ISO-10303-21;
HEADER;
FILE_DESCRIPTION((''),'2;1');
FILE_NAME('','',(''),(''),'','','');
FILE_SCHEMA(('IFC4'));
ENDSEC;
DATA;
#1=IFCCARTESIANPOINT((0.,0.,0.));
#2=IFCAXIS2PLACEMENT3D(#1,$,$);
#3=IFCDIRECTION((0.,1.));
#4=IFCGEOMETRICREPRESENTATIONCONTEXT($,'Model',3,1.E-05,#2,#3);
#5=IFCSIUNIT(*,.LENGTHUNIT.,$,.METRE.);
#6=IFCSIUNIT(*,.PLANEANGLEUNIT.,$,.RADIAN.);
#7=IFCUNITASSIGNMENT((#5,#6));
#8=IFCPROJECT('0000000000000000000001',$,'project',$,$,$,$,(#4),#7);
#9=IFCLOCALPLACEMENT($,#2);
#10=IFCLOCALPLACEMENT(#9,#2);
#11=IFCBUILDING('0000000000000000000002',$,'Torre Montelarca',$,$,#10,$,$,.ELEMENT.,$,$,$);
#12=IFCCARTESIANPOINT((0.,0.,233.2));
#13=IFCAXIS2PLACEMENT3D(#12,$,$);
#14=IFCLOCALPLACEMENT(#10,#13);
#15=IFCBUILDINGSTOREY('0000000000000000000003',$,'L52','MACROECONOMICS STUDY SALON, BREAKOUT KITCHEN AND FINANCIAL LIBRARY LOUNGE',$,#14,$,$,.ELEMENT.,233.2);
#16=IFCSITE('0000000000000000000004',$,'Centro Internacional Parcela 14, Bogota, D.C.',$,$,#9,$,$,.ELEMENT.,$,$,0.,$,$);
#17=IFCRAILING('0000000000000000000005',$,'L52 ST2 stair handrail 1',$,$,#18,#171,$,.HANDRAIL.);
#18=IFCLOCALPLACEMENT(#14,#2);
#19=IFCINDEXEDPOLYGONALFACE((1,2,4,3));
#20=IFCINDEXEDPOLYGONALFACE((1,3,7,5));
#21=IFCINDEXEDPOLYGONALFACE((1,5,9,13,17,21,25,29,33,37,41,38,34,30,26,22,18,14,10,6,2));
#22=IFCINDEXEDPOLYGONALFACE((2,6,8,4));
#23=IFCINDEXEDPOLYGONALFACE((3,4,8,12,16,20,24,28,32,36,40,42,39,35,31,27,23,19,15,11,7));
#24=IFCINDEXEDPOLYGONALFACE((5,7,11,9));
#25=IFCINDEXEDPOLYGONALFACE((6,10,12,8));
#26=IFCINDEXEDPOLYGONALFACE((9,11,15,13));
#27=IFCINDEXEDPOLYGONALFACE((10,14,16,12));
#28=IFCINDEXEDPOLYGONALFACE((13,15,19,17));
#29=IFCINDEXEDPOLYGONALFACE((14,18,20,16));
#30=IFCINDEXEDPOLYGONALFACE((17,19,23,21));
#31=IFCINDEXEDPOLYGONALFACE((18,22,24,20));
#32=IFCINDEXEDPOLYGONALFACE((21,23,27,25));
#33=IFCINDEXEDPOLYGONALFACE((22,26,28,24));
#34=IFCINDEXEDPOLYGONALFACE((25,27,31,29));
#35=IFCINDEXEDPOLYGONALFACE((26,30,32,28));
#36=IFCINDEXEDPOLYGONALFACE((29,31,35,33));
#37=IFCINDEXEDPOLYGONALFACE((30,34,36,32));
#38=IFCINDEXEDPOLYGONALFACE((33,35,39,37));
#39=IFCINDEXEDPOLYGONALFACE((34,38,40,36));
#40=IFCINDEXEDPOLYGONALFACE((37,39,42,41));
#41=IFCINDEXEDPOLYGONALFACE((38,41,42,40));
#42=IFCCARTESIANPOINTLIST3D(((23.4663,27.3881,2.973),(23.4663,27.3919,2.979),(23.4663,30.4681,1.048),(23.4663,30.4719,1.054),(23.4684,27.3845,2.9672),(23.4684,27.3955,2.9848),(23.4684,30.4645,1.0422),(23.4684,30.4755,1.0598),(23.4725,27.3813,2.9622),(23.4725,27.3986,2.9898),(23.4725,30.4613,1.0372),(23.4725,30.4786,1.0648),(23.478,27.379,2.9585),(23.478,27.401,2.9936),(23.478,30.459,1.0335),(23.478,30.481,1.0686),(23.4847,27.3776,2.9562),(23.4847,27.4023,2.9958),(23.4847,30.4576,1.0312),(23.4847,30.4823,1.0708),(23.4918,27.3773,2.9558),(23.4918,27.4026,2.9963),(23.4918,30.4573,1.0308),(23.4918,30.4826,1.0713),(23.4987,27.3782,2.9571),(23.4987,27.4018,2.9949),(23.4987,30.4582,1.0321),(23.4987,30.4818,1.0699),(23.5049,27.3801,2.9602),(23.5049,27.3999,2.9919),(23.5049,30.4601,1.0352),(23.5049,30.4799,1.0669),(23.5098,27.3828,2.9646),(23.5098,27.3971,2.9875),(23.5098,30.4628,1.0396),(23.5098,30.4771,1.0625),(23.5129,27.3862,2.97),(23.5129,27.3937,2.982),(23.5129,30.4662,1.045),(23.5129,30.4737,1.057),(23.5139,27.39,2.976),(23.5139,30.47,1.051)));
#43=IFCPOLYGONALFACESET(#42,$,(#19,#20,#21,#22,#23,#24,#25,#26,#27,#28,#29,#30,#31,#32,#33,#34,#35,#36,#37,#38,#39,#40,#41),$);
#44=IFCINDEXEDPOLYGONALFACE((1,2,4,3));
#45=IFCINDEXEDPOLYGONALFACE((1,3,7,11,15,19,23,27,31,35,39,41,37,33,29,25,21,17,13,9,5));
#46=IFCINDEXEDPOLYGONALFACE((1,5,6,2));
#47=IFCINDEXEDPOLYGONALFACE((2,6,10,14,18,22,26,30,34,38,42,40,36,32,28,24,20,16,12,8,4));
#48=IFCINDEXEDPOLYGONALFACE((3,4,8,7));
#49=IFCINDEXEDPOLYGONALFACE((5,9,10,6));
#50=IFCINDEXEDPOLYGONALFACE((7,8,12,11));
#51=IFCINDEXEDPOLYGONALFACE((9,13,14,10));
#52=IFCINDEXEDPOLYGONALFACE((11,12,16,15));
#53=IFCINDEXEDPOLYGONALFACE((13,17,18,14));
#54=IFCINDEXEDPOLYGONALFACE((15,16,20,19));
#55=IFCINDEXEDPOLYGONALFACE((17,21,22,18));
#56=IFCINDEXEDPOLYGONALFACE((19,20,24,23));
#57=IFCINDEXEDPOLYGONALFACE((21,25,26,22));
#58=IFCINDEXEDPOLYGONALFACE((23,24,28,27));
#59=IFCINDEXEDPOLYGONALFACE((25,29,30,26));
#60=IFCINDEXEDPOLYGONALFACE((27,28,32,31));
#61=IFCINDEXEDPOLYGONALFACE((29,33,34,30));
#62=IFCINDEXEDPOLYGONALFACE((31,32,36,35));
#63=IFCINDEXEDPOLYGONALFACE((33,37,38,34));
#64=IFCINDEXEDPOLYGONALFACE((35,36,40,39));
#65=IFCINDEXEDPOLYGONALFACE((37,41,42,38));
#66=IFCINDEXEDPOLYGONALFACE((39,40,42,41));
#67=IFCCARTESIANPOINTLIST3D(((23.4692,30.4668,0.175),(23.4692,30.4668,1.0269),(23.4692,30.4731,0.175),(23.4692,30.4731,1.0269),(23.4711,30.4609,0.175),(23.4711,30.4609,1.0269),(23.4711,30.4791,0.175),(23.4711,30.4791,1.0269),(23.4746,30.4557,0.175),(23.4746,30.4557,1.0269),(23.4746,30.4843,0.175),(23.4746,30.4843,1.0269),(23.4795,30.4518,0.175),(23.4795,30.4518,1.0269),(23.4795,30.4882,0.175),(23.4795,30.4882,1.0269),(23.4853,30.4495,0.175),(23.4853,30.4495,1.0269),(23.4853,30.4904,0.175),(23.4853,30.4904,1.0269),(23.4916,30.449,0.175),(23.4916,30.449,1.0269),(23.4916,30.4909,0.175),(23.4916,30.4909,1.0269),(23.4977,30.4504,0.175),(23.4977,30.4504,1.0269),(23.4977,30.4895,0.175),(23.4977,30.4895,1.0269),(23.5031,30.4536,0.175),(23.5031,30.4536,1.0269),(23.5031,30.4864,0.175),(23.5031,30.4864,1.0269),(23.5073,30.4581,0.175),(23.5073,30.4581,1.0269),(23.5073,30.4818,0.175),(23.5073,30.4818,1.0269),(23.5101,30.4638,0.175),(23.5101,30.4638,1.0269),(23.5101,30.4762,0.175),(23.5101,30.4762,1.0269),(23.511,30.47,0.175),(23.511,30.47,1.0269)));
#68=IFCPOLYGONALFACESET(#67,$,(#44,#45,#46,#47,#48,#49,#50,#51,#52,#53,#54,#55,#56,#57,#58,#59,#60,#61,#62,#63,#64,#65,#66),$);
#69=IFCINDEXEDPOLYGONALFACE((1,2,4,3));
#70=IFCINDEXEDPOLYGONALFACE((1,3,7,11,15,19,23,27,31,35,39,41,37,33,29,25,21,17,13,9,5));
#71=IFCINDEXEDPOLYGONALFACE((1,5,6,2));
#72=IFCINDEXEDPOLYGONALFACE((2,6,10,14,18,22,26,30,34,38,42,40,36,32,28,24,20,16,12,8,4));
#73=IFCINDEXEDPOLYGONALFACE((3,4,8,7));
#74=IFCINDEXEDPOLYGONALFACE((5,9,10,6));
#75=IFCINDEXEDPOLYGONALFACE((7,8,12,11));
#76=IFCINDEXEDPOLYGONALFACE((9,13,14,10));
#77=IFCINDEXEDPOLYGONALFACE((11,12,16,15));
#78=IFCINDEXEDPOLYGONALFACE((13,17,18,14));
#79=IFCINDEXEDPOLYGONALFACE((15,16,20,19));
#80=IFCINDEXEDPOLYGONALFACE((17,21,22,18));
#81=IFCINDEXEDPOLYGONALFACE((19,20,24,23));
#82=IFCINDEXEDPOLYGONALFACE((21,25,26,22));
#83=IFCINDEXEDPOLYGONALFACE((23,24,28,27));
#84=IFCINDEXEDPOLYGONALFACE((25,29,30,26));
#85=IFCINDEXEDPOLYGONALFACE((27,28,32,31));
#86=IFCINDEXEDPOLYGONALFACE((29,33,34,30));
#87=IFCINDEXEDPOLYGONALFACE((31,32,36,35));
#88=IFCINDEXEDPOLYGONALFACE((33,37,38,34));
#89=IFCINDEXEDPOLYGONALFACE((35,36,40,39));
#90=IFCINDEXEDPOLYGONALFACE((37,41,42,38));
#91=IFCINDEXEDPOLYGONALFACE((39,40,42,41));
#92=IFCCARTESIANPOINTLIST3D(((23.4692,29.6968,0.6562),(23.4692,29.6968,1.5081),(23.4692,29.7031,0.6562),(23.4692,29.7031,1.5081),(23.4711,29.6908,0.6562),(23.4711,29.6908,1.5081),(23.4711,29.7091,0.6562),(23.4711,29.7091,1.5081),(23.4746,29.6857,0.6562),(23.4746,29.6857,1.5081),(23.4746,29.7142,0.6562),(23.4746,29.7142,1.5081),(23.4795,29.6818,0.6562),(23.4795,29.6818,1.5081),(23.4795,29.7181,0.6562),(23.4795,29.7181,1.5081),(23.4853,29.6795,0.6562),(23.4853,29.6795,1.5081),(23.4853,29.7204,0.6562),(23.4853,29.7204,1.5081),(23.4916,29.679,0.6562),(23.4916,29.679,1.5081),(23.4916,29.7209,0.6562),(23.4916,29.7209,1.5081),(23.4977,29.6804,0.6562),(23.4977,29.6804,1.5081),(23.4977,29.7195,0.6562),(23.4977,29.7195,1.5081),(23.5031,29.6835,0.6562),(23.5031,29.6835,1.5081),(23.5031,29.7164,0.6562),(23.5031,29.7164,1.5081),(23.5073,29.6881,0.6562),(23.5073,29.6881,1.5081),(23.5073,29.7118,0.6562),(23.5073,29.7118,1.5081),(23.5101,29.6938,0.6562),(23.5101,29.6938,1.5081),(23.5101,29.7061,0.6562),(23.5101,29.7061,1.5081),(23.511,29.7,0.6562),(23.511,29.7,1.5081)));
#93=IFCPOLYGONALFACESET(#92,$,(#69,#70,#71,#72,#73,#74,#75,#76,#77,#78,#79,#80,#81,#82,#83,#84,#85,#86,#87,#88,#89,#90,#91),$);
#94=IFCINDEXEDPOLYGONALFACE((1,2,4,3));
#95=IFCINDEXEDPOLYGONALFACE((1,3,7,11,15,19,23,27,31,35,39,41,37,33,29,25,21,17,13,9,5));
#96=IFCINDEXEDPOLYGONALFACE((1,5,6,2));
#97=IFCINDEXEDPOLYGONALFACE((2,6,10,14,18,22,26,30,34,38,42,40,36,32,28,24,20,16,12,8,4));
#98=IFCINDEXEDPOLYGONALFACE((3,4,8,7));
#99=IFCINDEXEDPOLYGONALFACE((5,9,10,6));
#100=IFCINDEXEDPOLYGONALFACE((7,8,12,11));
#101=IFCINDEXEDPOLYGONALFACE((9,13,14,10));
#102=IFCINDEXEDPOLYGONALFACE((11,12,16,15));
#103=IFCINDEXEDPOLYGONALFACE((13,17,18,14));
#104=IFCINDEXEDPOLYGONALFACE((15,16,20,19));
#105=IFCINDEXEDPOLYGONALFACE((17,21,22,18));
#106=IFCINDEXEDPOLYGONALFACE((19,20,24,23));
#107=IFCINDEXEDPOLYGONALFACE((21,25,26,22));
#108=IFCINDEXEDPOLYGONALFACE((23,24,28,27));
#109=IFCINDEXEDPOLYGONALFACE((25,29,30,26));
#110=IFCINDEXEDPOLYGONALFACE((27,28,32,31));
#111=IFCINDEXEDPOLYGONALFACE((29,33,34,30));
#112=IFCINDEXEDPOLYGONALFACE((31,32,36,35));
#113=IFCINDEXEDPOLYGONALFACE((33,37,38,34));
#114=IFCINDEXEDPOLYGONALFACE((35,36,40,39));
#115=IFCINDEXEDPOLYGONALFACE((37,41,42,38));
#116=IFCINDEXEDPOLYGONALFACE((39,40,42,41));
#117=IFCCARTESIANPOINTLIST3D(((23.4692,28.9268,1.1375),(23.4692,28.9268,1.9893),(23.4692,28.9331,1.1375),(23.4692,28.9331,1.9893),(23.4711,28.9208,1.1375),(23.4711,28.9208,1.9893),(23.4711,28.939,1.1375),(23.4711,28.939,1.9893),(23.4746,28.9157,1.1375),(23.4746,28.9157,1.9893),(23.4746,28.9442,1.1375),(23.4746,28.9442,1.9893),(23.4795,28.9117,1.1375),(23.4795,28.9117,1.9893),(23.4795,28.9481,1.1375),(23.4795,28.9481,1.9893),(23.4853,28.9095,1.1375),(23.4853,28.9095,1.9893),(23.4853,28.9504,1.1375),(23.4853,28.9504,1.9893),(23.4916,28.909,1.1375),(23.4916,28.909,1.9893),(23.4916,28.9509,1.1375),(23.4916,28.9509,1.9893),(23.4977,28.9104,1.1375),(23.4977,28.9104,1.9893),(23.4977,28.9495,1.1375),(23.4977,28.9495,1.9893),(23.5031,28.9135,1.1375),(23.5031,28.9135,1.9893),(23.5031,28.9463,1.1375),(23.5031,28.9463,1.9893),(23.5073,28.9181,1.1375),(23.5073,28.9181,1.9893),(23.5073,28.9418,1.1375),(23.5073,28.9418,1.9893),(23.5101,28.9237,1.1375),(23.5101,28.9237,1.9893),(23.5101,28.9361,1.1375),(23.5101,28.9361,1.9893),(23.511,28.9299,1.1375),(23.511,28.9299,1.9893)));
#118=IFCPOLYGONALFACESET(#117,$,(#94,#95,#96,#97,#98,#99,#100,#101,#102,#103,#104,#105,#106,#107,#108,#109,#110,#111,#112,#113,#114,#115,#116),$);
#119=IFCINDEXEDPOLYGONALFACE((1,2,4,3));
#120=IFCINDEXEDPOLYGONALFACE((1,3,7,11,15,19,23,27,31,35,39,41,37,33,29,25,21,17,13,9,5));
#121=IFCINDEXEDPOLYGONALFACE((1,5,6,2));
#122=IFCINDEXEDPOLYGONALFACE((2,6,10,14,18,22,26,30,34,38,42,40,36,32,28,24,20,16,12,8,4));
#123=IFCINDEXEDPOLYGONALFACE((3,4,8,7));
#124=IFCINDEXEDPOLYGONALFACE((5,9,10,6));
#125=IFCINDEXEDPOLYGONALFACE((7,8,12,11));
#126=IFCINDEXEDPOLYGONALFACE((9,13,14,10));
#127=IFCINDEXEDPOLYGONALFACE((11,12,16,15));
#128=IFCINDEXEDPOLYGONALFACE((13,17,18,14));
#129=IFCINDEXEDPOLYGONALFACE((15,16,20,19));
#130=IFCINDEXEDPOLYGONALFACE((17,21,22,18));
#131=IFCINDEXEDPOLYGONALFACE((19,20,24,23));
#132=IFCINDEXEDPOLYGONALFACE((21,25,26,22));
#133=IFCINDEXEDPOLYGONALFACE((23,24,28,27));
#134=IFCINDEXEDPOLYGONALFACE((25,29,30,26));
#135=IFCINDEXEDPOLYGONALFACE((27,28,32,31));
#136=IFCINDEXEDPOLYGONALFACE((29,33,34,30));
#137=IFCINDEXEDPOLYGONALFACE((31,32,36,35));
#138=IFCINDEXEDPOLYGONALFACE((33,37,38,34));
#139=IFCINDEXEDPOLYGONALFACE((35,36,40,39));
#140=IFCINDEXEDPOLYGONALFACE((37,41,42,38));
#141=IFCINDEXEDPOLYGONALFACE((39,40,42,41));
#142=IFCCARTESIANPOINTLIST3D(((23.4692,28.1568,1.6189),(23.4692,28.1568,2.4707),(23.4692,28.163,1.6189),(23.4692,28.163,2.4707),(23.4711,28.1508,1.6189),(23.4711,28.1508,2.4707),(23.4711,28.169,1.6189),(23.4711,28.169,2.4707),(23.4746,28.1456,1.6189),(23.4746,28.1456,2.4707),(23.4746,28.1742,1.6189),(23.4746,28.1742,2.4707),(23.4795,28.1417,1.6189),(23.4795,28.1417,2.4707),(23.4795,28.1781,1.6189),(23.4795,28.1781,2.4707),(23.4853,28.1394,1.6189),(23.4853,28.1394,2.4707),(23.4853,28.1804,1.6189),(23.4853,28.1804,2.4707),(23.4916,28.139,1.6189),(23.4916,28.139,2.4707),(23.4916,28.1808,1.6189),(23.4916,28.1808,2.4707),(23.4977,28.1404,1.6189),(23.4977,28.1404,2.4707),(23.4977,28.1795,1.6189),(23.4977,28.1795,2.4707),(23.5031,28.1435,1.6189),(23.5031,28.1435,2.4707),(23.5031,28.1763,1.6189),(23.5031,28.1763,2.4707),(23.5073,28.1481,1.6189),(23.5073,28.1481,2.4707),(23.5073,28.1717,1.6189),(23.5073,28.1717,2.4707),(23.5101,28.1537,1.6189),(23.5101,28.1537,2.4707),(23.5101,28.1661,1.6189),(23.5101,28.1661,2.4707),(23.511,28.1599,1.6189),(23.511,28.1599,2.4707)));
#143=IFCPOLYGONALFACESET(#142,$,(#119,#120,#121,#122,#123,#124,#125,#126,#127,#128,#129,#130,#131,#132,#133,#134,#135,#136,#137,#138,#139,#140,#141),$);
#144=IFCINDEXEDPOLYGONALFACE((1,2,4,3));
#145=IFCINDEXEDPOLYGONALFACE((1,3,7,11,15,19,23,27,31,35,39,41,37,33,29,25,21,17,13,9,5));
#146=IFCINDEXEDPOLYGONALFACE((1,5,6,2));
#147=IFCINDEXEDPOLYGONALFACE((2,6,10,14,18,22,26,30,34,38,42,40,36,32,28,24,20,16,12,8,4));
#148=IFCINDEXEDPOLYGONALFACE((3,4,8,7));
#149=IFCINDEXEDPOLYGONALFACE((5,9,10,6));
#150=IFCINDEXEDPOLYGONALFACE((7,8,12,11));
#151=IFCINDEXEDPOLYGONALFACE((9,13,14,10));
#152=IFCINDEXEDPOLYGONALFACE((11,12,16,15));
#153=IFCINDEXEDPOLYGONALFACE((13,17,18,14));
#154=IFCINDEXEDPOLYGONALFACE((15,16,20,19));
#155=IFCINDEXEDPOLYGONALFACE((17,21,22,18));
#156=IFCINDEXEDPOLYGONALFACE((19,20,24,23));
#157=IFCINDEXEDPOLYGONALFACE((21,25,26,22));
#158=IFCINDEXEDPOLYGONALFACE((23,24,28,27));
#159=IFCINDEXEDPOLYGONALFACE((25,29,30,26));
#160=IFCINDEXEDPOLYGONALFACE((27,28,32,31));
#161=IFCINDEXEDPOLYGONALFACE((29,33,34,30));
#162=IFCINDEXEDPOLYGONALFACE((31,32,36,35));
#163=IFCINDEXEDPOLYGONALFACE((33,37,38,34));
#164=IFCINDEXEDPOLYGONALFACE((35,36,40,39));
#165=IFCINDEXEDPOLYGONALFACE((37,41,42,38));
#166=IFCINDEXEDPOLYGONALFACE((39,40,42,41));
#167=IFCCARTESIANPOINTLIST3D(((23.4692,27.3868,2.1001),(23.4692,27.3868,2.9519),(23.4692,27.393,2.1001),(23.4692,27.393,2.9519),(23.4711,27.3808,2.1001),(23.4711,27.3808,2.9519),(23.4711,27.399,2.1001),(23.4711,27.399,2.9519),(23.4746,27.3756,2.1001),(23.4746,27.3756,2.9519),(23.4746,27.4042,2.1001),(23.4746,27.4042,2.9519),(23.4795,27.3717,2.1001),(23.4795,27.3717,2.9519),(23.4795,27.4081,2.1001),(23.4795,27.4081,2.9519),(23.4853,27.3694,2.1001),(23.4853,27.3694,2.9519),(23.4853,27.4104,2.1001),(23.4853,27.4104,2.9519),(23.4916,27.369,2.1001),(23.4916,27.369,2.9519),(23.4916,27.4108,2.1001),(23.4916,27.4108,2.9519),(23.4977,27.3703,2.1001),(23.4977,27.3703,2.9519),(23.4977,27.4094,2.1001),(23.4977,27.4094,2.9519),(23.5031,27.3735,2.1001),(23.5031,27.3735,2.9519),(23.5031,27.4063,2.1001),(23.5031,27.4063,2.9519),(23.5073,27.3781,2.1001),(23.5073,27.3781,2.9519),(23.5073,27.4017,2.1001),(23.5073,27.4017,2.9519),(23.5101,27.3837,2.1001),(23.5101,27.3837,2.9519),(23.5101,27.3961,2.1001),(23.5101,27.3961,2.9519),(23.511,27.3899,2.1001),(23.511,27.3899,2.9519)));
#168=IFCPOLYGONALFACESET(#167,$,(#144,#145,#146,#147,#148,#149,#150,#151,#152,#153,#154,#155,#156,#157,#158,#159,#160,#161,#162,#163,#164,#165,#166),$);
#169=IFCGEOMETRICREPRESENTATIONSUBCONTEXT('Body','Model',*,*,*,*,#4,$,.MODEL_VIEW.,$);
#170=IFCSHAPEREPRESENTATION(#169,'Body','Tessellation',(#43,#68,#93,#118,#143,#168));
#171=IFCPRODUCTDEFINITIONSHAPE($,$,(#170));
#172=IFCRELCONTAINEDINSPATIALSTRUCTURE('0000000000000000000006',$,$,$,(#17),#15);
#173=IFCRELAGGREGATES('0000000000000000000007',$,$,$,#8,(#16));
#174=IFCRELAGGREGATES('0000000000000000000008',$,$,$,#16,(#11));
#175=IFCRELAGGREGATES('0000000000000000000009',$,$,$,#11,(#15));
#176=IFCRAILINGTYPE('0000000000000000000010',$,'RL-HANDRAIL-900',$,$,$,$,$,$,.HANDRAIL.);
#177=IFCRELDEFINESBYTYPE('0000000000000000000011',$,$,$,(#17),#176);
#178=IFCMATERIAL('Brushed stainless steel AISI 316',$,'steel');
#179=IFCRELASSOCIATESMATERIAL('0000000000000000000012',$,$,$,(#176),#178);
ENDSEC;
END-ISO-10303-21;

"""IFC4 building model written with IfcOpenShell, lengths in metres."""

from ifc_helpers import new_model, si_unit, direction, frame, origin, origin_2d, place, context, subcontext, project, spatial, circle, extrude, material, type_object, element, save


model = new_model("IFC4")

# Units and contexts
model_context = context("Model", 3, precision=1e-05, world=origin(), true_north=direction((0.0, 1.0)))
body_context = subcontext(model_context, "Body", "Model", "MODEL_VIEW")
ifc_project = project(units=[si_unit("LENGTHUNIT", "METRE"), si_unit("PLANEANGLEUNIT", "RADIAN")], contexts=[model_context])

# Site, building, storey
site_placement = place(None, origin())
site = spatial("IfcSite", under=ifc_project, at=site_placement, Name="Centro Internacional Parcela 14, Bogota, D.C.", CompositionType="ELEMENT", RefElevation=0.0)
building_placement = place(site_placement, origin())
building = spatial("IfcBuilding", under=site, at=building_placement, Name="Torre Montelarca", CompositionType="ELEMENT")
storey_placement = place(building_placement, frame((0.0, 0.0, 233.2)))
storey = spatial("IfcBuildingStorey", under=building, at=storey_placement, Name="L52", Description="MACROECONOMICS STUDY SALON, BREAKOUT KITCHEN AND FINANCIAL LIBRARY LOUNGE", CompositionType="ELEMENT", Elevation=233.2)

# Railing
ifc_material_1 = material(Name="Brushed stainless steel AISI 316", Category="steel")
railing_type_1 = type_object("IfcRailingType", Name="RL-HANDRAIL-900", PredefinedType="HANDRAIL", material=ifc_material_1)
railing_1_placement = place(storey_placement, frame((23.49, 30.47, 0.175)))
element("IfcRailing", 1, at=railing_1_placement, inside=storey, type_object=railing_type_1, Name="L52 ST2 stair handrail 1", PredefinedType="HANDRAIL", context=body_context, shape_type="SweptSolid", body=[
    extrude(circle(Radius=0.0239, at=origin_2d()), frame((0.0, 0.0, 0.876), z_axis=(0.0, -0.847998, 0.529999), x_axis=(1.0, 0.0, 0.0)), (0.0, 0.0, 1.0), 3.6321),
    extrude(circle(Radius=0.021, at=origin_2d()), origin(), (0.0, 0.0, 1.0), 0.8518),
    extrude(circle(Radius=0.021, at=origin_2d()), frame((0.0, -0.77, 0.4812)), (0.0, 0.0, 1.0), 0.8518),
    extrude(circle(Radius=0.021, at=origin_2d()), frame((0.0, -1.54, 0.9624)), (0.0, 0.0, 1.0), 0.8518),
    extrude(circle(Radius=0.021, at=origin_2d()), frame((0.0, -2.3101, 1.4438)), (0.0, 0.0, 1.0), 0.8518),
    extrude(circle(Radius=0.021, at=origin_2d()), frame((0.0, -3.0801, 1.925)), (0.0, 0.0, 1.0), 0.8518),
])

save(model, "model.ifc")
